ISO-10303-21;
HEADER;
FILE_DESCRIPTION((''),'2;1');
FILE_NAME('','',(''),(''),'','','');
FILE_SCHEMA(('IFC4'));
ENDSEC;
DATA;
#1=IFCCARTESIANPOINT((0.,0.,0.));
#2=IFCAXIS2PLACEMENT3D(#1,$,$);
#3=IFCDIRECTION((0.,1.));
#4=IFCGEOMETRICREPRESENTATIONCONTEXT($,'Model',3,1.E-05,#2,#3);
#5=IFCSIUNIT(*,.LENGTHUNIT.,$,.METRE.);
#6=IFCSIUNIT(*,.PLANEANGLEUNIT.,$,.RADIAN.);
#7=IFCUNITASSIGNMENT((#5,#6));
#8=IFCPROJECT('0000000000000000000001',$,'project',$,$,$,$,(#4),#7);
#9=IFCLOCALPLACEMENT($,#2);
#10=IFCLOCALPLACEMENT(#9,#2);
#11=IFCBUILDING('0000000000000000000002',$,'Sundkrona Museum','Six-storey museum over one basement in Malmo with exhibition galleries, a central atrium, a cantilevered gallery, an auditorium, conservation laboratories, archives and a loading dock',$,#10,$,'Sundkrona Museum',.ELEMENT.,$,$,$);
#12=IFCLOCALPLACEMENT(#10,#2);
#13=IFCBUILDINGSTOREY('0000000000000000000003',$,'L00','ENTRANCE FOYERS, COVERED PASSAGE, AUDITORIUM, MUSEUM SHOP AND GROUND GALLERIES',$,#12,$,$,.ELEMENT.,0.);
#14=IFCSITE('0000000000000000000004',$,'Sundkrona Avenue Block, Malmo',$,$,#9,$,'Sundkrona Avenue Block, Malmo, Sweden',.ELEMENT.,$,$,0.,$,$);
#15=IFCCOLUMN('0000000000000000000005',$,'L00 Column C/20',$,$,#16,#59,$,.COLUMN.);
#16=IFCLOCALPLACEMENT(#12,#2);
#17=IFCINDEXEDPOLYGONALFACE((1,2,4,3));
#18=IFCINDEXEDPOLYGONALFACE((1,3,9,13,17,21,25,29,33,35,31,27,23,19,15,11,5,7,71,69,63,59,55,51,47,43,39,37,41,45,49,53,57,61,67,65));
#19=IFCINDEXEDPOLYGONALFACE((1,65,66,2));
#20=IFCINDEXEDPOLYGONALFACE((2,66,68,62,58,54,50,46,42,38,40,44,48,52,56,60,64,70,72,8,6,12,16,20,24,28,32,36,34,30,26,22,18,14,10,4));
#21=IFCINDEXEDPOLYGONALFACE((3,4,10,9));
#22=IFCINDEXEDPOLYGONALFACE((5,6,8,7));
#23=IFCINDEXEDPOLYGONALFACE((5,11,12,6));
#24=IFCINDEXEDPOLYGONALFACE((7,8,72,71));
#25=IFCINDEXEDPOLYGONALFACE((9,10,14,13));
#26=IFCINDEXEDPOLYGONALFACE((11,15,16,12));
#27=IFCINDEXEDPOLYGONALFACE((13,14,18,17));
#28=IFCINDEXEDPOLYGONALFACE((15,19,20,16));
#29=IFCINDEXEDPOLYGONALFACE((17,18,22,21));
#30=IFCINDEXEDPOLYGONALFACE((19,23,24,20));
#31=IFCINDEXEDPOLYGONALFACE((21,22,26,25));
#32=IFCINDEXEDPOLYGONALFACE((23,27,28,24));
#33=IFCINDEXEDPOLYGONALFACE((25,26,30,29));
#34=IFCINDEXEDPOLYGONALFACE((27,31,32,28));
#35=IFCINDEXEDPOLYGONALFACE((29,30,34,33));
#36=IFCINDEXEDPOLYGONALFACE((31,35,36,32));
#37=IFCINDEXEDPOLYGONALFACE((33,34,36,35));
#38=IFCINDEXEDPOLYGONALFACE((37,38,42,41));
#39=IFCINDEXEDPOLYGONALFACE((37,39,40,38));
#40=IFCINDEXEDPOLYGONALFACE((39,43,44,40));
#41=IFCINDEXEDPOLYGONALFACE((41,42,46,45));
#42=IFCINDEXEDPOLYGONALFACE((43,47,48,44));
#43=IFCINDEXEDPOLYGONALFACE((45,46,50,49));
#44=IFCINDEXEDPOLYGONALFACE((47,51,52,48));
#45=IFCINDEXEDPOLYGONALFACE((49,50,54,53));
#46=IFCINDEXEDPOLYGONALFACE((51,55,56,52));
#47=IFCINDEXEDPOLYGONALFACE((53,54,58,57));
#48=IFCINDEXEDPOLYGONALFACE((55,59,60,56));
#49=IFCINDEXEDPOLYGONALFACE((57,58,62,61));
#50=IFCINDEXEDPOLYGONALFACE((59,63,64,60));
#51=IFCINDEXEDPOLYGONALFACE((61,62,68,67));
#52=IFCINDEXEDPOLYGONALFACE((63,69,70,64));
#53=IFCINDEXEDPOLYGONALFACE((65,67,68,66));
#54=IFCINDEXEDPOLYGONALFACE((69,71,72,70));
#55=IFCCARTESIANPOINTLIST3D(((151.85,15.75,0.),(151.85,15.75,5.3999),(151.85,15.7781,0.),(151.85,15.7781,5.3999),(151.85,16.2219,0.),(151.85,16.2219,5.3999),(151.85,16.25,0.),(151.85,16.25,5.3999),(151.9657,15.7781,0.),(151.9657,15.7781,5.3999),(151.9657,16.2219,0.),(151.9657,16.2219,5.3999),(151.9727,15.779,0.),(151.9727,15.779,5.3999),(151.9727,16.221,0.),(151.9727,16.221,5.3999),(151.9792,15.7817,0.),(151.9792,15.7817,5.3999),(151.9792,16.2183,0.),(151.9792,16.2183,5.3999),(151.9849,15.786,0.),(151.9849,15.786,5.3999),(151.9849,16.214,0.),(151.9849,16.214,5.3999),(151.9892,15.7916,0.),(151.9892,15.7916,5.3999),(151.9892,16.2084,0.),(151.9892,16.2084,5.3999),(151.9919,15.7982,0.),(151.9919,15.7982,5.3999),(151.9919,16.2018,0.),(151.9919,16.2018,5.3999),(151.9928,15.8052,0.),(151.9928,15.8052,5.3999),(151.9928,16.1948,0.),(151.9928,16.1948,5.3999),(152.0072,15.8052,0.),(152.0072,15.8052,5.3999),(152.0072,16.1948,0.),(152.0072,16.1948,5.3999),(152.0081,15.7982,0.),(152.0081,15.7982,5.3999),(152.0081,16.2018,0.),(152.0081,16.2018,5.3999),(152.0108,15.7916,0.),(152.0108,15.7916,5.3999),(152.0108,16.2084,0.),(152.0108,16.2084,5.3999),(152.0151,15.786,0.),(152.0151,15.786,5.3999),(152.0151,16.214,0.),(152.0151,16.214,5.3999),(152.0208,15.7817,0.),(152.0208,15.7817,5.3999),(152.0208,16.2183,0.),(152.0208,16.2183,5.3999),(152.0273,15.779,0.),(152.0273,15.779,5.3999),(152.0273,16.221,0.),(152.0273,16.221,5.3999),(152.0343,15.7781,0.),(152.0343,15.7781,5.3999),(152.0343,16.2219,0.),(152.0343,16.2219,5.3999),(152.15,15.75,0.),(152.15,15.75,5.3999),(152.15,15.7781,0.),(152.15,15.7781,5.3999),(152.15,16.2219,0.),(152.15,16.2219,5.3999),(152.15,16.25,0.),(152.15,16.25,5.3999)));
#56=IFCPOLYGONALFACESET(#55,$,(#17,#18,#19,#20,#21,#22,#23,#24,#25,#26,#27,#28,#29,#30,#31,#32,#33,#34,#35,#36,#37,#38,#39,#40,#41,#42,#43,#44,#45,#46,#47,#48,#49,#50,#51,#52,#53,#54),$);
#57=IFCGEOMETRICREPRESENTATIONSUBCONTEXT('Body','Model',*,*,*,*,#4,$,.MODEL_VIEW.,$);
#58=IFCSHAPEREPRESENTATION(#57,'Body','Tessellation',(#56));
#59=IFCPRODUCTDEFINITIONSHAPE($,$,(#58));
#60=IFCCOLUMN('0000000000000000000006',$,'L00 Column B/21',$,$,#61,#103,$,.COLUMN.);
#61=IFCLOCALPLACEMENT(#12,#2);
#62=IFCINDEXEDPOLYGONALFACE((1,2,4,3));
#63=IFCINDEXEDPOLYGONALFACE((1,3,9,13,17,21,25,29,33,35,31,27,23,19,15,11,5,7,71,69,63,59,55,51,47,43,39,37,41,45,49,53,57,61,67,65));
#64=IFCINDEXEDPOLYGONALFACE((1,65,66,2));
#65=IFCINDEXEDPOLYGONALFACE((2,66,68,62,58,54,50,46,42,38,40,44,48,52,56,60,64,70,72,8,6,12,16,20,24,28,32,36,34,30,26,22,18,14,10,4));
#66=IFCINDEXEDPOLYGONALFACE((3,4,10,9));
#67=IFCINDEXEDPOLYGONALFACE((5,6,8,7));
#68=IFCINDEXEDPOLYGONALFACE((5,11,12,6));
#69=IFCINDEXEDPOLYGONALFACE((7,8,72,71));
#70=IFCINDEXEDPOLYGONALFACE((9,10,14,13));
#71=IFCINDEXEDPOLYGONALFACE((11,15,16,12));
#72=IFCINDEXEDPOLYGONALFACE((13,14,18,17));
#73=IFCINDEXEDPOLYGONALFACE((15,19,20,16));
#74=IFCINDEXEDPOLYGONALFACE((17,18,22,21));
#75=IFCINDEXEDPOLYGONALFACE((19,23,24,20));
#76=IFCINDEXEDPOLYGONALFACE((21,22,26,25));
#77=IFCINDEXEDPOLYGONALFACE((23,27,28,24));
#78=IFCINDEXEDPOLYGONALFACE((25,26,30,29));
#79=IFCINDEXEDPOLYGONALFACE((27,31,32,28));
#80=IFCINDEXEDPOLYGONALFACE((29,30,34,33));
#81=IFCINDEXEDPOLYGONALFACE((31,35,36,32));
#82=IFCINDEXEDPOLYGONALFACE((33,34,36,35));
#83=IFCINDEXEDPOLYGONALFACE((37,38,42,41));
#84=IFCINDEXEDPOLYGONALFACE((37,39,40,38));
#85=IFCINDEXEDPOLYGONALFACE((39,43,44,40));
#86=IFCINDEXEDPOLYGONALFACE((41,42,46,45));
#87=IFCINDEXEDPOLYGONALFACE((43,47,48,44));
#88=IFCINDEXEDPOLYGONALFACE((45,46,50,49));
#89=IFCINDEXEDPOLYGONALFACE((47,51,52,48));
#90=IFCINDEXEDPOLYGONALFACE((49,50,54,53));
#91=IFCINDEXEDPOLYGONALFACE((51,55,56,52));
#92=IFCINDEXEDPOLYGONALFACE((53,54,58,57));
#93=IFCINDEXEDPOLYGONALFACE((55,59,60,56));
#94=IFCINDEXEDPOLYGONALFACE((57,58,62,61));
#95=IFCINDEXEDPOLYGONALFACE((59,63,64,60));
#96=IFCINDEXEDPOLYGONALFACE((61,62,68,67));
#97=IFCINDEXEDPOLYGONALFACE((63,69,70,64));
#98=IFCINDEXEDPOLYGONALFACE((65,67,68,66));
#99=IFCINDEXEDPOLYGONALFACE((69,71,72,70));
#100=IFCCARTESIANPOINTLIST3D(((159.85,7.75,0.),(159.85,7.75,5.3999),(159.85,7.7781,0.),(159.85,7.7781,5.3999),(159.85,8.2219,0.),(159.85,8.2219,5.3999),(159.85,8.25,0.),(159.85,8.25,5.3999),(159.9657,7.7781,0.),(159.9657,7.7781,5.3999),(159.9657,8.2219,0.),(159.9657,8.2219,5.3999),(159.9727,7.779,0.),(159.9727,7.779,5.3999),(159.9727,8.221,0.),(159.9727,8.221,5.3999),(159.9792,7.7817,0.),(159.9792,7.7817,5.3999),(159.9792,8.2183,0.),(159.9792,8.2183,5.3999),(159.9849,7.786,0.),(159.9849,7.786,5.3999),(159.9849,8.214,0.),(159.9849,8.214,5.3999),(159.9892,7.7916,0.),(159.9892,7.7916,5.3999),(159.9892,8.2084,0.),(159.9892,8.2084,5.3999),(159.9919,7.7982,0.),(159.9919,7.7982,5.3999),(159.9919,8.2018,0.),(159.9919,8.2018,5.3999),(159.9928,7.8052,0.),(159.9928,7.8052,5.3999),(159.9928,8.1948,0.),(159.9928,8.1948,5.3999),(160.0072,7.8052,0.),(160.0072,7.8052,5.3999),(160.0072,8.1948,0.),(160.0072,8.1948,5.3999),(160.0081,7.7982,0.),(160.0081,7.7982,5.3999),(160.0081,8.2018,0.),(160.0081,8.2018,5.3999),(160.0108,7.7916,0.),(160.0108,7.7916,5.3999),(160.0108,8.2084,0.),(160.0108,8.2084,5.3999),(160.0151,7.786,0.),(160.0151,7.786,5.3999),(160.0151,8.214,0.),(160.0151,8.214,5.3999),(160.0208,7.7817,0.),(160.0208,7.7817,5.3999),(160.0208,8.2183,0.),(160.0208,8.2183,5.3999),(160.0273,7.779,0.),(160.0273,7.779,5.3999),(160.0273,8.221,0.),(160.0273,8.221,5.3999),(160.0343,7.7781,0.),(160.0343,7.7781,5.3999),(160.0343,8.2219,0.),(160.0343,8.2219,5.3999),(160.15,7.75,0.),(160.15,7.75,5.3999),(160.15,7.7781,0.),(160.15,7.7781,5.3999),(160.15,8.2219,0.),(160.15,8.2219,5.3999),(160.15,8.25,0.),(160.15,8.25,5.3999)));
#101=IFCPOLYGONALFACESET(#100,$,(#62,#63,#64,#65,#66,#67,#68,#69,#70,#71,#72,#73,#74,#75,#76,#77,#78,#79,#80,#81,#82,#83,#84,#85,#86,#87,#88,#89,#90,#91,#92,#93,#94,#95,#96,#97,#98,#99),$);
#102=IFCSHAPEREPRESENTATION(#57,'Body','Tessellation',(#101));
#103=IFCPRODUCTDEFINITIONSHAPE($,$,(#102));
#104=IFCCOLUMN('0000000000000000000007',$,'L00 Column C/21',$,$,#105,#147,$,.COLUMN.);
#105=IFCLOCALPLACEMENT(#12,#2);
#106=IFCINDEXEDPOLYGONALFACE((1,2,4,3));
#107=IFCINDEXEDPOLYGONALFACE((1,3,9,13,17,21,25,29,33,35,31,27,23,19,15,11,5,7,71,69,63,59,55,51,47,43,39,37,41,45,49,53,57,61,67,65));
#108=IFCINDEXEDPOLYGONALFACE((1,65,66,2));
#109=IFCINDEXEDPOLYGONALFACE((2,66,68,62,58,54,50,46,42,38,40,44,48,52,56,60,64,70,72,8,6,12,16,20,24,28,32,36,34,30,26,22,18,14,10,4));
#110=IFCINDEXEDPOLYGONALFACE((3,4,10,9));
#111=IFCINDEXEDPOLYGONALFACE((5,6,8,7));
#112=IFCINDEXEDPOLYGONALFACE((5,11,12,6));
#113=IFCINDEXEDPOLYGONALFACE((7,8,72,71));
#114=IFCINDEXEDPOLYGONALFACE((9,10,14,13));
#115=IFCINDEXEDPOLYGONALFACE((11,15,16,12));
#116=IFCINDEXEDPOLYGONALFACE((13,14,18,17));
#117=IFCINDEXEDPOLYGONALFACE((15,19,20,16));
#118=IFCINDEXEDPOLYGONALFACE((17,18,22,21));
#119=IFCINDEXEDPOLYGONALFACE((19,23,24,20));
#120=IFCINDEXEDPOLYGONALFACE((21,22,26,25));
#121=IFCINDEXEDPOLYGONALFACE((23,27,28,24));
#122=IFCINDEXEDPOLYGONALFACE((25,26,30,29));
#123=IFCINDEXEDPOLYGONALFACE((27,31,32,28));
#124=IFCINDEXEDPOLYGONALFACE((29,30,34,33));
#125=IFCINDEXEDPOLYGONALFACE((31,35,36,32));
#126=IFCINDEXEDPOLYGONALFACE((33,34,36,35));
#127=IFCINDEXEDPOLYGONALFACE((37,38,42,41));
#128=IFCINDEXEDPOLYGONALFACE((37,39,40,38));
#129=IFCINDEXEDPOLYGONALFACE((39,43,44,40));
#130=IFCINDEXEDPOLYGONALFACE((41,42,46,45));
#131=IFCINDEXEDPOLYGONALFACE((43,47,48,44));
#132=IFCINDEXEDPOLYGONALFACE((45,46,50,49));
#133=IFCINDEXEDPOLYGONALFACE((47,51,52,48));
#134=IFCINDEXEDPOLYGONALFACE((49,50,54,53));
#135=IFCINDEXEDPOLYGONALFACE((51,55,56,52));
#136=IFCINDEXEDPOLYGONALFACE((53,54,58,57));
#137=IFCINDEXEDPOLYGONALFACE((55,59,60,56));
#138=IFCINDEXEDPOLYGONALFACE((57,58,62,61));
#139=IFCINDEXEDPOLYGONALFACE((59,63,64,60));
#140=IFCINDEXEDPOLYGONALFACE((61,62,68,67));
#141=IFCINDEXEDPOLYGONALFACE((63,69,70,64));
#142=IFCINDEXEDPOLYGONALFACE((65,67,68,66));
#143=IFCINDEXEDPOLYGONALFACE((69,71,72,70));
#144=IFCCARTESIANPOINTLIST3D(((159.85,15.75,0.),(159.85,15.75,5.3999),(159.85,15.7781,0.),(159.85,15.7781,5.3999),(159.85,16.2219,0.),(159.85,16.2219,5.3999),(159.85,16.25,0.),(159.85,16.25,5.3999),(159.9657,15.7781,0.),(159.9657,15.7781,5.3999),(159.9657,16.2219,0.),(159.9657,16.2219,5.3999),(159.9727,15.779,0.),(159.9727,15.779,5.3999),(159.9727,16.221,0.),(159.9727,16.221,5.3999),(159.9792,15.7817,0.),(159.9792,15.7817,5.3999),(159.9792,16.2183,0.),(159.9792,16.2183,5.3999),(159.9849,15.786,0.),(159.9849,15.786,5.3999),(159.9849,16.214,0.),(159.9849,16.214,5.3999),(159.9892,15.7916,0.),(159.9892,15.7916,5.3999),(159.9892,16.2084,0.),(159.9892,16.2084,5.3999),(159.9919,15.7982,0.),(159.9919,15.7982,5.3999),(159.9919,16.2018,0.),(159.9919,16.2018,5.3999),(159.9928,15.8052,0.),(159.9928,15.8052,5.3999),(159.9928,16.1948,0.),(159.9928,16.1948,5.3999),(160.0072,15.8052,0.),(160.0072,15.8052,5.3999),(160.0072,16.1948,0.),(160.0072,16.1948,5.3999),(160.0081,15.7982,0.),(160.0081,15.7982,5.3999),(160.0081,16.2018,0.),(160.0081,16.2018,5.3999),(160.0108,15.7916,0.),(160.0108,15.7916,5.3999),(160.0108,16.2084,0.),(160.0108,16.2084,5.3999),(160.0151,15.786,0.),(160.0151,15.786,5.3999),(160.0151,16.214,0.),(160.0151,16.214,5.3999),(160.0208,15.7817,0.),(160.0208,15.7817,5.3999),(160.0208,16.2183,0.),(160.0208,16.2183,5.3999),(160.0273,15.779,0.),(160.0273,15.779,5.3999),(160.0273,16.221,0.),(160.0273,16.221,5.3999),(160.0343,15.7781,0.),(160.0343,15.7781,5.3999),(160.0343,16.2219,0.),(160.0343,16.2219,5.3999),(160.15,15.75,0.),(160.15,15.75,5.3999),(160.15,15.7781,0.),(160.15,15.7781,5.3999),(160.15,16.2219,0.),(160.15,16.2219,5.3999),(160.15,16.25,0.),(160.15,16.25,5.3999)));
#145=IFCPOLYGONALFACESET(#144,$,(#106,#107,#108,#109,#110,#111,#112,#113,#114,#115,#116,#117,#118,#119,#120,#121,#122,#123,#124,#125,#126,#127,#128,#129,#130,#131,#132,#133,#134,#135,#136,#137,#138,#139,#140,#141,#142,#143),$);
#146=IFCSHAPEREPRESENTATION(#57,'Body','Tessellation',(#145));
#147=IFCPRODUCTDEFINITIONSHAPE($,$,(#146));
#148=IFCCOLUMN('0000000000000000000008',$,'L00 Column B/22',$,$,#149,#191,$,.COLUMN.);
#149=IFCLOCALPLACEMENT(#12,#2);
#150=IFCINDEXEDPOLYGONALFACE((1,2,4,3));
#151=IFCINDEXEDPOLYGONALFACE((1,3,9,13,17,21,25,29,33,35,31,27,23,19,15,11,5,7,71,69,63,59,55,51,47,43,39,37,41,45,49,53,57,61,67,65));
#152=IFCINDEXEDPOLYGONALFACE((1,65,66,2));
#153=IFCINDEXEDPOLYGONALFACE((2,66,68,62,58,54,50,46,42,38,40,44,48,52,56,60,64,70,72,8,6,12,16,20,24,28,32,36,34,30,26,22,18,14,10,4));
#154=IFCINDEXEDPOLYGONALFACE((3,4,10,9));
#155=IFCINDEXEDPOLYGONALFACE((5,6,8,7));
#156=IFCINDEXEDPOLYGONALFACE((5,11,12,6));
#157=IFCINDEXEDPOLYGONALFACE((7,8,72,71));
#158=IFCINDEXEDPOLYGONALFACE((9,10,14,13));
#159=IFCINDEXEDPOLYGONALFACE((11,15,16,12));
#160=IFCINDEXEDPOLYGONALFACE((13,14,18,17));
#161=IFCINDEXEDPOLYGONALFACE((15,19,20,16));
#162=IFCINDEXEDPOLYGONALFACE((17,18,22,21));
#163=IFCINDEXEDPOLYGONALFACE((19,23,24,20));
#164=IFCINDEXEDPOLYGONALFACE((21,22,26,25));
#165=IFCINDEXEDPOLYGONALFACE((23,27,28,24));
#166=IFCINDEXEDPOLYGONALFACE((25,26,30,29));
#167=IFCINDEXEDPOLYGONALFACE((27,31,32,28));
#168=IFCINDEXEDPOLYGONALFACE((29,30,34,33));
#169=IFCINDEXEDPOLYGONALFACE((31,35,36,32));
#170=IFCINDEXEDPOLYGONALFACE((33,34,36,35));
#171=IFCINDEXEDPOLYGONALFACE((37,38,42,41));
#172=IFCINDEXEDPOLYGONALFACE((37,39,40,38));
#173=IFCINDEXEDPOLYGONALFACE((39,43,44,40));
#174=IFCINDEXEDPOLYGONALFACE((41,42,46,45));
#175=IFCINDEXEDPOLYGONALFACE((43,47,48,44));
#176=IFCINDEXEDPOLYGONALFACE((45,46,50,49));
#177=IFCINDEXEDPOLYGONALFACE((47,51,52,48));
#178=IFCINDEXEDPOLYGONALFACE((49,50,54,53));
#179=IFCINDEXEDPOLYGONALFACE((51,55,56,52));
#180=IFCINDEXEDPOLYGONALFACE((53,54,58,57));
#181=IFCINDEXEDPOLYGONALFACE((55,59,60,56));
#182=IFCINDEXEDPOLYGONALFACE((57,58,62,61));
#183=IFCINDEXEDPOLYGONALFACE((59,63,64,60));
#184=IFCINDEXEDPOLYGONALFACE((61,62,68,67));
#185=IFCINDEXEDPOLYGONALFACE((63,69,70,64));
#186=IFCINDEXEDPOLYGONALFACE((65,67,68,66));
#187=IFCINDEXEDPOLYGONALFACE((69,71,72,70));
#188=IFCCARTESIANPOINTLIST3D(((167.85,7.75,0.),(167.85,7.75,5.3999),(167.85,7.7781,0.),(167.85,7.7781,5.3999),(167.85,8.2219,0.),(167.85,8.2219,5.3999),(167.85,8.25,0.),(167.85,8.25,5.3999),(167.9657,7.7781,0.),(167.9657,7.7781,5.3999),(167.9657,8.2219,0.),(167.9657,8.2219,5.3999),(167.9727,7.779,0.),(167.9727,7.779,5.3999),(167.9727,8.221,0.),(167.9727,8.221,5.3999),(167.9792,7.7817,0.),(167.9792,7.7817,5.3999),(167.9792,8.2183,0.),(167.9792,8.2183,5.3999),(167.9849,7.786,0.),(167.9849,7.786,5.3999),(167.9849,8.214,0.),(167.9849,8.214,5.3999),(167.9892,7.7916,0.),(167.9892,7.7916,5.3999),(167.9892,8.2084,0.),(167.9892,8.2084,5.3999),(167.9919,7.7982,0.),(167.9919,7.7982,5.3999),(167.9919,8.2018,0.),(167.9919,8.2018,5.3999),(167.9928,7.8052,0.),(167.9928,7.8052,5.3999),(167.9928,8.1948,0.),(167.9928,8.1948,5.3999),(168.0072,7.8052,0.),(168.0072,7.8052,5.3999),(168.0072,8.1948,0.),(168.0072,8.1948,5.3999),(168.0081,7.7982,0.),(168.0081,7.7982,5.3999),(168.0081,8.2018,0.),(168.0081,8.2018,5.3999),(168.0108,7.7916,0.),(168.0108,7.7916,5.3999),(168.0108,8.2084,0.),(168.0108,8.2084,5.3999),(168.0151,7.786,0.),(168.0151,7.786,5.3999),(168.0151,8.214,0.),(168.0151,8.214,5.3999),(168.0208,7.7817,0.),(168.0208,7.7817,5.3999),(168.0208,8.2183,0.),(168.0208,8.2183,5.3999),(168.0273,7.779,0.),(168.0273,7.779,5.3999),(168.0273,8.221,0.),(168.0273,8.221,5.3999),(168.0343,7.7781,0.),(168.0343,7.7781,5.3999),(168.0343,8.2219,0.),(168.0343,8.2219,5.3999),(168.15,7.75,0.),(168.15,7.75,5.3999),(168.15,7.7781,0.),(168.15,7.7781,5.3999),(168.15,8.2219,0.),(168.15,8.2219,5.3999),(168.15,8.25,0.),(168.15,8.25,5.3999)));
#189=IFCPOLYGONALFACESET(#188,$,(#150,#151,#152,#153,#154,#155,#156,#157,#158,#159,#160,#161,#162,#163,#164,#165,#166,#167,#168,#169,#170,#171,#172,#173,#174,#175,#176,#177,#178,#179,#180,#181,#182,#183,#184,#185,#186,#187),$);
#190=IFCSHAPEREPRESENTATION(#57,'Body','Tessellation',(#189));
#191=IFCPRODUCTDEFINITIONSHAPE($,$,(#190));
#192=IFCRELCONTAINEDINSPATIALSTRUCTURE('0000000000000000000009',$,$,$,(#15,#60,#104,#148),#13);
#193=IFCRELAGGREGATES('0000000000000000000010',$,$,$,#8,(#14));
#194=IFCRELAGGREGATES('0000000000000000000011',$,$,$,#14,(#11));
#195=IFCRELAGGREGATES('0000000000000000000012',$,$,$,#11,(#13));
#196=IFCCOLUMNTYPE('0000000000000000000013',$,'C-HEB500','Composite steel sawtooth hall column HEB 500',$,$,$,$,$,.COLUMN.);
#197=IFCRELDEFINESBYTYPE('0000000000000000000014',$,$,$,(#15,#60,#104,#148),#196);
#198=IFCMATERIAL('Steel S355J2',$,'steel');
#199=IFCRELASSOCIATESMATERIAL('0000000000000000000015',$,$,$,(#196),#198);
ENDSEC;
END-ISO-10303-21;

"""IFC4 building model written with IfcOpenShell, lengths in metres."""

from ifc_helpers import new_model, si_unit, direction, frame, origin, origin_2d, place, context, subcontext, project, spatial, i_section, extrude, material, material_profile, profile_set, type_object, element, save


model = new_model("IFC4")

# Units and contexts
model_context = context("Model", 3, precision=1e-05, world=origin(), true_north=direction((0.0, 1.0)))
body_context = subcontext(model_context, "Body", "Model", "MODEL_VIEW")
ifc_project = project(units=[si_unit("LENGTHUNIT", "METRE"), si_unit("PLANEANGLEUNIT", "RADIAN")], contexts=[model_context])

# Site, building, storey
site_placement = place(None, origin())
site = spatial("IfcSite", under=ifc_project, at=site_placement, Name="Sundkrona Avenue Block, Malmo", LongName="Sundkrona Avenue Block, Malmo, Sweden", CompositionType="ELEMENT", RefElevation=0.0)
building_placement = place(site_placement, origin())
building = spatial("IfcBuilding", under=site, at=building_placement, Name="Sundkrona Museum", Description="Six-storey museum over one basement in Malmo with exhibition galleries, a central atrium, a cantilevered gallery, an auditorium, conservation laboratories, archives and a loading dock", LongName="Sundkrona Museum", CompositionType="ELEMENT")
storey_placement = place(building_placement, origin())
storey = spatial("IfcBuildingStorey", under=building, at=storey_placement, Name="L00", Description="ENTRANCE FOYERS, COVERED PASSAGE, AUDITORIUM, MUSEUM SHOP AND GROUND GALLERIES", CompositionType="ELEMENT", Elevation=0.0)

# Columns
ifc_material_1 = material(Name="Steel S355J2", Category="steel")
ifc_material_profile_1 = material_profile(ifc_material_1, i_section(OverallWidth=0.3, OverallDepth=0.5, WebThickness=0.0144, FlangeThickness=0.0281, FilletRadius=0.0271, at=origin_2d()), Name="HEB 500")
ifc_profile_set_1 = profile_set([ifc_material_profile_1], Name="Steel S355J2")
column_type = type_object("IfcColumnType", Name="C-HEB500", Description="Composite steel sawtooth hall column HEB 500", PredefinedType="COLUMN", material=ifc_profile_set_1)
for number, where, z_axis, x_axis, name in (
    (1, (152.0, 16.0, 0.0), (0.0, 0.0, 1.0), (1.0, 0.0, 0.0), "L00 Column C/20"),
    (2, (160.0, 8.0, 0.0), (0.0, 0.0, 1.0), (1.0, 0.0, 0.0), "L00 Column B/21"),
    (3, (160.0, 16.0, 0.0), (0.0, 0.0, 1.0), (1.0, 0.0, 0.0), "L00 Column C/21"),
    (4, (168.0, 8.0, 0.0), (0.0, 0.0, 1.0), (1.0, 0.0, 0.0), "L00 Column B/22"),
):
    element("IfcColumn", number, at=place(storey_placement, frame(where, z_axis=z_axis, x_axis=x_axis)), inside=storey, type_object=column_type, Name=name, PredefinedType="COLUMN", context=body_context, shape_type="SweptSolid", body=[
        extrude(i_section(OverallWidth=0.3, OverallDepth=0.5, WebThickness=0.0144, FlangeThickness=0.0281, FilletRadius=0.0271, at=origin_2d()), origin(), (0.0, 0.0, 1.0), 5.3999),
    ])

save(model, "model.ifc")
